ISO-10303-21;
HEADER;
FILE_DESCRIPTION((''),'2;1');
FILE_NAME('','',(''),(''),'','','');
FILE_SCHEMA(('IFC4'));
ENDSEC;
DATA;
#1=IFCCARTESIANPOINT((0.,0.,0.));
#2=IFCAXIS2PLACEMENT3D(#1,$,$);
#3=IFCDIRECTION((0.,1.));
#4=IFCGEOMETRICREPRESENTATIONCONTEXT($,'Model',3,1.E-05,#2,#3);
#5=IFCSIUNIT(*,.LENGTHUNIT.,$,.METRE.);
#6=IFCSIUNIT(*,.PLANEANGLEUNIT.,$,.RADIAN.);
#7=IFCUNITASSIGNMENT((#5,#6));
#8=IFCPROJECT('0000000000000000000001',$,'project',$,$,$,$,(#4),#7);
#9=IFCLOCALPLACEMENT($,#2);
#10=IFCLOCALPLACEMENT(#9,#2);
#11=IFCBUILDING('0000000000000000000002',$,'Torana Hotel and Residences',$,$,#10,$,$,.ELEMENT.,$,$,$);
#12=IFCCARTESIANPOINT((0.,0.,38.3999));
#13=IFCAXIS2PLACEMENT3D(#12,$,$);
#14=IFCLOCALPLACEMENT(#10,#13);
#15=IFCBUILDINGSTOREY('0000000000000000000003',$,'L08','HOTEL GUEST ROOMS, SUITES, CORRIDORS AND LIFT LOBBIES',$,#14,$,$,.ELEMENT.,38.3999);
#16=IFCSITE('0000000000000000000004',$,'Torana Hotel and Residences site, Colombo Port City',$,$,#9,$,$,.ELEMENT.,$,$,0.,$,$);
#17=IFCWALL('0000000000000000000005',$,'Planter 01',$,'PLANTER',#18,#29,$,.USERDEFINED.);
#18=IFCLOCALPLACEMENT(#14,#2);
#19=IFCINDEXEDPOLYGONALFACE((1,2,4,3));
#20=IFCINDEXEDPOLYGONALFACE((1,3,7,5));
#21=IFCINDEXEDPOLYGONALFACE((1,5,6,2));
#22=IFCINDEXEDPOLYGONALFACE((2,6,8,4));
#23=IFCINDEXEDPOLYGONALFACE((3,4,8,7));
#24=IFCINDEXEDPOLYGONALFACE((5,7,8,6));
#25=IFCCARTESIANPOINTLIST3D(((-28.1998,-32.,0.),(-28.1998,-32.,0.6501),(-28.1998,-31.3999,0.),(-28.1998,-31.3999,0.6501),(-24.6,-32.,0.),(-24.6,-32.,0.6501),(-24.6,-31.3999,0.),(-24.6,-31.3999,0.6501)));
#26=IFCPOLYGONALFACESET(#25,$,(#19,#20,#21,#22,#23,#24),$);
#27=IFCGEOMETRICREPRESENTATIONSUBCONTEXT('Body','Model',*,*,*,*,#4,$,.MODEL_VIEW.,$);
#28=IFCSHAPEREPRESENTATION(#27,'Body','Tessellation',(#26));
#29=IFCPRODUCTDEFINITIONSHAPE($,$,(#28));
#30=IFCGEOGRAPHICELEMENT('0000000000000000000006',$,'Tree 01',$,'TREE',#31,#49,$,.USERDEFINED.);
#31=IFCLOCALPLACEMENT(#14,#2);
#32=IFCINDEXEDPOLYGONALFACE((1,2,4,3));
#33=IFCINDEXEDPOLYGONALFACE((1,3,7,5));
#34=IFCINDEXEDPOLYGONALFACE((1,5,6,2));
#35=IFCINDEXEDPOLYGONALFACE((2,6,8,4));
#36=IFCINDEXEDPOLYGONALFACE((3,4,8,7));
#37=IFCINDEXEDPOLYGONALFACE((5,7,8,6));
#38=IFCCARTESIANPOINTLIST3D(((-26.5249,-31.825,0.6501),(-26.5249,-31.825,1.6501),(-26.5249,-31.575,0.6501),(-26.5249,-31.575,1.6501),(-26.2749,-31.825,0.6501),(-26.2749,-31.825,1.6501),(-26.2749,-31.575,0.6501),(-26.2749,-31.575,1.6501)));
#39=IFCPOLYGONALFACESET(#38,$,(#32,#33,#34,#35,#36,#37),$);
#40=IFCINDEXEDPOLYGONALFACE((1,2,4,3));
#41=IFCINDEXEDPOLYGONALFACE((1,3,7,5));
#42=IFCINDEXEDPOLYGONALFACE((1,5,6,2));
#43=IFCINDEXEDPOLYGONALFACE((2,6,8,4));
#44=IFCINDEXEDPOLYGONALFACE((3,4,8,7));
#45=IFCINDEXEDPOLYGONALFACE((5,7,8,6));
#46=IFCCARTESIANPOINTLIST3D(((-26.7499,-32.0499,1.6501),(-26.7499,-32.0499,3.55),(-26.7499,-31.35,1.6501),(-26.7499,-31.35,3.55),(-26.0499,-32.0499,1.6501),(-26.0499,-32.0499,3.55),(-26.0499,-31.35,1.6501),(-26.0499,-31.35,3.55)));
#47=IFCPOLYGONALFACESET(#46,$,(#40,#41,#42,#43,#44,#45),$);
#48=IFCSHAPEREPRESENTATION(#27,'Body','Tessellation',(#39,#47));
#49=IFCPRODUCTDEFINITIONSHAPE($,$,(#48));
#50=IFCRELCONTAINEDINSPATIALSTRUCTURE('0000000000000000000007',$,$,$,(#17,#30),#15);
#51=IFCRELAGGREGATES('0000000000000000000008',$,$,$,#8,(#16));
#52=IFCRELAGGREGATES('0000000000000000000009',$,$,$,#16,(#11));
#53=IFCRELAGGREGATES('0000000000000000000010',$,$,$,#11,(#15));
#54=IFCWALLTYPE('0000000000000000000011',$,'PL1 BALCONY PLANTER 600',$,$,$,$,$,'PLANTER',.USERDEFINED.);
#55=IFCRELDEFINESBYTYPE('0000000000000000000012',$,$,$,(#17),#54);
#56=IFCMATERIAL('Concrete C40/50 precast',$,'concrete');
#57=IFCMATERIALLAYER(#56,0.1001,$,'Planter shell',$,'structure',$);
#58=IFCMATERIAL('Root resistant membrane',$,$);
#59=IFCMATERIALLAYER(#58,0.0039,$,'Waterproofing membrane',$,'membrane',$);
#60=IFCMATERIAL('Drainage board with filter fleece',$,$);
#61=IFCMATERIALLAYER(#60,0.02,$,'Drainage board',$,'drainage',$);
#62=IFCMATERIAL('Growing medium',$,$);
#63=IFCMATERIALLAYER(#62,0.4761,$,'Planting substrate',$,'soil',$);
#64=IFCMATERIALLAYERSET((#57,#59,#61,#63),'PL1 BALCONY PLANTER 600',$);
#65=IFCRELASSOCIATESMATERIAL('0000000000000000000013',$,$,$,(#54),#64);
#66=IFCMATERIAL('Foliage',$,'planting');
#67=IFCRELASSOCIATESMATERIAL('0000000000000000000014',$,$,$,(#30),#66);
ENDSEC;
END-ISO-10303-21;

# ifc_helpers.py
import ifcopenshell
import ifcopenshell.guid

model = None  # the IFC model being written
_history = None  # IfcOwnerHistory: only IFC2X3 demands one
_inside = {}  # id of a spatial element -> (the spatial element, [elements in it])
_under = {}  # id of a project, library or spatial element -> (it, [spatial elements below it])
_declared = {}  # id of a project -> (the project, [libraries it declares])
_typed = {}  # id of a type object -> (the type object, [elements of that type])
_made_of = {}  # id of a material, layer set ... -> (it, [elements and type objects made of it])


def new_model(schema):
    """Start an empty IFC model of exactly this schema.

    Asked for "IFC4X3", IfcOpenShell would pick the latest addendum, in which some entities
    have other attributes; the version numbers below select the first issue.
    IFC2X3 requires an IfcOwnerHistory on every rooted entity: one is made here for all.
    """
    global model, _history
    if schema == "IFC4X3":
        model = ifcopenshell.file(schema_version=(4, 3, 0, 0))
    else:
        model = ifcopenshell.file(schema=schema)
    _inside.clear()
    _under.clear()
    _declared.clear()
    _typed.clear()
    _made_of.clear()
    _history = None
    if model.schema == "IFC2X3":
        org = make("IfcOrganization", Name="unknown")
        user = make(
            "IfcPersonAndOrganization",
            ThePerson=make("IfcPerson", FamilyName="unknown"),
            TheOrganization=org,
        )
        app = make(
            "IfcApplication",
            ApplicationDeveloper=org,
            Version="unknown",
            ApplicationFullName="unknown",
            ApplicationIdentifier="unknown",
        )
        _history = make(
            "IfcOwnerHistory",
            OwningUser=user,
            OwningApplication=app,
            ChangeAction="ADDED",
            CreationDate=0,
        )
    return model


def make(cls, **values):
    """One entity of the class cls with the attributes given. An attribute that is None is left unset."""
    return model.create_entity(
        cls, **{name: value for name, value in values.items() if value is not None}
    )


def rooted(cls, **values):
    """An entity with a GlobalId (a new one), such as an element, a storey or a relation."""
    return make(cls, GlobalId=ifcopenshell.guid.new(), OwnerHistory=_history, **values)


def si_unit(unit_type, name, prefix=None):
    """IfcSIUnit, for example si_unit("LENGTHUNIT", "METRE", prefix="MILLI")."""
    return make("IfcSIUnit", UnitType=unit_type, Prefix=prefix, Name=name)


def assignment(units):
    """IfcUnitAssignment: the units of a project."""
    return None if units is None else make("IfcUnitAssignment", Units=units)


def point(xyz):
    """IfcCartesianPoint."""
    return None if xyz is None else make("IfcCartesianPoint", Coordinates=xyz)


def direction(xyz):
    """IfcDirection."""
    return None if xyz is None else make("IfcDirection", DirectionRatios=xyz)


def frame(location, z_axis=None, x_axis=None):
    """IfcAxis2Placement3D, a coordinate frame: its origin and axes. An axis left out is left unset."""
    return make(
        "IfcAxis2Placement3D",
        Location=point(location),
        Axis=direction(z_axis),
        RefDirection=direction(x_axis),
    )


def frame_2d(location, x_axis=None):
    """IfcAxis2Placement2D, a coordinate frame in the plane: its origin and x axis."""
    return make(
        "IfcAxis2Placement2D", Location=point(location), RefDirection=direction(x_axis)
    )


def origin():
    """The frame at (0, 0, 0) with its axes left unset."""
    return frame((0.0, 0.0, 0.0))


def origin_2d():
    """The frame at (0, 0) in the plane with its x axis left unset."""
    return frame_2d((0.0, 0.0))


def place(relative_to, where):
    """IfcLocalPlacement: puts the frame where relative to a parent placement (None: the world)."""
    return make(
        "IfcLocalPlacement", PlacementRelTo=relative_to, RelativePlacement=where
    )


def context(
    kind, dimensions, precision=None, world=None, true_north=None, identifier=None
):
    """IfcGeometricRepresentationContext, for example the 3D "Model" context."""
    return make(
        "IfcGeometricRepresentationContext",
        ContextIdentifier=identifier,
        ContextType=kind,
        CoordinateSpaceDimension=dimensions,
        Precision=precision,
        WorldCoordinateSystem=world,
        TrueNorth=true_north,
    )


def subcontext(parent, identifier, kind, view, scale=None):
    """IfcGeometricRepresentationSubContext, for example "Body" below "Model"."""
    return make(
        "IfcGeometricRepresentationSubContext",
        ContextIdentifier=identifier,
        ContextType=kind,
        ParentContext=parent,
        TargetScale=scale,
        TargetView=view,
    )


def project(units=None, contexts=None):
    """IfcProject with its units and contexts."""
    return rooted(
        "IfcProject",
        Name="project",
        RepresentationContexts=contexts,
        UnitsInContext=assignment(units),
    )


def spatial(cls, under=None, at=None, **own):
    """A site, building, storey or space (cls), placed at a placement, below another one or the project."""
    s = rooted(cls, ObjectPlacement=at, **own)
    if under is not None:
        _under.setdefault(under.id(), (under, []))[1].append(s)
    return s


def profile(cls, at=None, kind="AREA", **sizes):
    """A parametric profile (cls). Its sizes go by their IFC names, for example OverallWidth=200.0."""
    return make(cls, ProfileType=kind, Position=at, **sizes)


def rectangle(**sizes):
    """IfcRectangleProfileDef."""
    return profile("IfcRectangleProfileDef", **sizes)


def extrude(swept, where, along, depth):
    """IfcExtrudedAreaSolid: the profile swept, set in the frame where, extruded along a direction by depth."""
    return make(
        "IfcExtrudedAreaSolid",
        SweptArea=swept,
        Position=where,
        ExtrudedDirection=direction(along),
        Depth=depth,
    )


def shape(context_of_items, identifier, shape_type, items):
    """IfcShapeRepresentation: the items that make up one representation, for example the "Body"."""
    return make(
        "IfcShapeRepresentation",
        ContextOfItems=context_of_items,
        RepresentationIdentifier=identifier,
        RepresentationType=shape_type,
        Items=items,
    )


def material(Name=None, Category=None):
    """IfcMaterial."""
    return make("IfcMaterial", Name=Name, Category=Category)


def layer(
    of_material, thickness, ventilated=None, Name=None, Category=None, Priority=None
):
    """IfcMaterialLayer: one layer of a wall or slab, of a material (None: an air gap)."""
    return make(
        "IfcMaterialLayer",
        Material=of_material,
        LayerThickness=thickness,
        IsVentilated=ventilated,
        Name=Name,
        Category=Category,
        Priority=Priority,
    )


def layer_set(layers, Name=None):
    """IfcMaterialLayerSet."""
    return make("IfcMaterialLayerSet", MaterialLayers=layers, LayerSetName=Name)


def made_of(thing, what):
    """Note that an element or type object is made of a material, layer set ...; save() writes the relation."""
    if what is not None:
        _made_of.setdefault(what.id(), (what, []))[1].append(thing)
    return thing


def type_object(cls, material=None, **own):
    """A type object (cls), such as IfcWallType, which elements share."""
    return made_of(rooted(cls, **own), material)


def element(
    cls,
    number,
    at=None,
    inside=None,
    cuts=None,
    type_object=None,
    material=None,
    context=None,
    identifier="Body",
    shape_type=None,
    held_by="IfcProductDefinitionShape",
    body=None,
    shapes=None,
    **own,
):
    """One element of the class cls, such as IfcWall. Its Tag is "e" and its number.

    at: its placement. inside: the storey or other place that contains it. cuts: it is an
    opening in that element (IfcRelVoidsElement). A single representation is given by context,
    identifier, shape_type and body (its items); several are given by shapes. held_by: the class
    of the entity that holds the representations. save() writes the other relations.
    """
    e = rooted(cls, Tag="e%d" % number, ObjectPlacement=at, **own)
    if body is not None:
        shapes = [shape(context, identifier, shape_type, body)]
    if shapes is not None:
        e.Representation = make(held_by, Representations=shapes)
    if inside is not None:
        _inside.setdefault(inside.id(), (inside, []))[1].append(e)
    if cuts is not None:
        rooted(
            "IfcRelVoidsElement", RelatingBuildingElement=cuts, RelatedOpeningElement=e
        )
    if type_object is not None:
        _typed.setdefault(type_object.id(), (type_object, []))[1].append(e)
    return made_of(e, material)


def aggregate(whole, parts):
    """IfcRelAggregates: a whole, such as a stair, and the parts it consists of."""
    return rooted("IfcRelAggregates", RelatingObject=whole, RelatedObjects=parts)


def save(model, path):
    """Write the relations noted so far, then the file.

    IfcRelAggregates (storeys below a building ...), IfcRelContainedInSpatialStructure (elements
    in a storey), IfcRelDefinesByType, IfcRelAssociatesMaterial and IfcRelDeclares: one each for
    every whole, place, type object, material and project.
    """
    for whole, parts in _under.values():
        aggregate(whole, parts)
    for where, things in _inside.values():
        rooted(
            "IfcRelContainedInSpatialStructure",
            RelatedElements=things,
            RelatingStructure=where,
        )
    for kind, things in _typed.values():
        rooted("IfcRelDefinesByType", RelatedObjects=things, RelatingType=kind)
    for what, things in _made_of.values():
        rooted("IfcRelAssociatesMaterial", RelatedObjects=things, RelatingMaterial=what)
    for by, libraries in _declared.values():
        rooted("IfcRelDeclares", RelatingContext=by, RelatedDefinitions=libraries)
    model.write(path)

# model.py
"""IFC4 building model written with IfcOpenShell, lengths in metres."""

from ifc_helpers import new_model, si_unit, direction, frame, frame_2d, origin, origin_2d, place, context, subcontext, project, spatial, rectangle, extrude, material, layer, layer_set, type_object, element, save


model = new_model("IFC4")

# Units and contexts
model_context = context("Model", 3, precision=1e-05, world=origin(), true_north=direction((0.0, 1.0)))
body_context = subcontext(model_context, "Body", "Model", "MODEL_VIEW")
ifc_project = project(units=[si_unit("LENGTHUNIT", "METRE"), si_unit("PLANEANGLEUNIT", "RADIAN")], contexts=[model_context])

# Site, building, storey
site_placement = place(None, origin())
site = spatial("IfcSite", under=ifc_project, at=site_placement, Name="Torana Hotel and Residences site, Colombo Port City", CompositionType="ELEMENT", RefElevation=0.0)
building_placement = place(site_placement, origin())
building = spatial("IfcBuilding", under=site, at=building_placement, Name="Torana Hotel and Residences", CompositionType="ELEMENT")
storey_placement = place(building_placement, frame((0.0, 0.0, 38.3999)))
storey = spatial("IfcBuildingStorey", under=building, at=storey_placement, Name="L08", Description="HOTEL GUEST ROOMS, SUITES, CORRIDORS AND LIFT LOBBIES", CompositionType="ELEMENT", Elevation=38.3999)

# Wall
ifc_material_1 = material(Name="Concrete C40/50 precast", Category="concrete")
ifc_layer_1 = layer(ifc_material_1, 0.1001, Name="Planter shell", Category="structure")
ifc_material_2 = material(Name="Root resistant membrane")
ifc_layer_2 = layer(ifc_material_2, 0.0039, Name="Waterproofing membrane", Category="membrane")
ifc_material_3 = material(Name="Drainage board with filter fleece")
ifc_layer_3 = layer(ifc_material_3, 0.02, Name="Drainage board", Category="drainage")
ifc_material_4 = material(Name="Growing medium")
ifc_layer_4 = layer(ifc_material_4, 0.4761, Name="Planting substrate", Category="soil")
ifc_layer_set_1 = layer_set([ifc_layer_1, ifc_layer_2, ifc_layer_3, ifc_layer_4], Name="PL1 BALCONY PLANTER 600")
wall_type_1 = type_object("IfcWallType", Name="PL1 BALCONY PLANTER 600", ElementType="PLANTER", PredefinedType="USERDEFINED", material=ifc_layer_set_1)
wall_1_placement = place(storey_placement, frame((-24.6001, -31.7, 0.0), z_axis=(0.0, 0.0, 1.0), x_axis=(-1.0, 0.0, 0.0)))
element("IfcWall", 1, at=wall_1_placement, inside=storey, type_object=wall_type_1, Name="Planter 01", ObjectType="PLANTER", PredefinedType="USERDEFINED", context=body_context, shape_type="SweptSolid", body=[
    extrude(rectangle(XDim=3.5999, YDim=0.6001, at=frame_2d((1.7998, 0.0))), origin(), (0.0, 0.0, 1.0), 0.6501),
])

# Geographic element
ifc_material_5 = material(Name="Foliage", Category="planting")
geographic_element_placement = place(storey_placement, frame((-26.3999, -31.7, 0.6501), z_axis=(0.0, 0.0, 1.0), x_axis=(1.0, 0.0, 0.0)))
element("IfcGeographicElement", 2, at=geographic_element_placement, inside=storey, material=ifc_material_5, Name="Tree 01", ObjectType="TREE", PredefinedType="USERDEFINED", context=body_context, shape_type="SweptSolid", body=[
    extrude(rectangle(XDim=0.25, YDim=0.25, at=origin_2d()), origin(), (0.0, 0.0, 1.0), 1.0),
    extrude(rectangle(XDim=0.7, YDim=0.7, at=origin_2d()), frame((0.0, 0.0, 1.0)), (0.0, 0.0, 1.0), 1.8999),
])

save(model, "model.ifc")
